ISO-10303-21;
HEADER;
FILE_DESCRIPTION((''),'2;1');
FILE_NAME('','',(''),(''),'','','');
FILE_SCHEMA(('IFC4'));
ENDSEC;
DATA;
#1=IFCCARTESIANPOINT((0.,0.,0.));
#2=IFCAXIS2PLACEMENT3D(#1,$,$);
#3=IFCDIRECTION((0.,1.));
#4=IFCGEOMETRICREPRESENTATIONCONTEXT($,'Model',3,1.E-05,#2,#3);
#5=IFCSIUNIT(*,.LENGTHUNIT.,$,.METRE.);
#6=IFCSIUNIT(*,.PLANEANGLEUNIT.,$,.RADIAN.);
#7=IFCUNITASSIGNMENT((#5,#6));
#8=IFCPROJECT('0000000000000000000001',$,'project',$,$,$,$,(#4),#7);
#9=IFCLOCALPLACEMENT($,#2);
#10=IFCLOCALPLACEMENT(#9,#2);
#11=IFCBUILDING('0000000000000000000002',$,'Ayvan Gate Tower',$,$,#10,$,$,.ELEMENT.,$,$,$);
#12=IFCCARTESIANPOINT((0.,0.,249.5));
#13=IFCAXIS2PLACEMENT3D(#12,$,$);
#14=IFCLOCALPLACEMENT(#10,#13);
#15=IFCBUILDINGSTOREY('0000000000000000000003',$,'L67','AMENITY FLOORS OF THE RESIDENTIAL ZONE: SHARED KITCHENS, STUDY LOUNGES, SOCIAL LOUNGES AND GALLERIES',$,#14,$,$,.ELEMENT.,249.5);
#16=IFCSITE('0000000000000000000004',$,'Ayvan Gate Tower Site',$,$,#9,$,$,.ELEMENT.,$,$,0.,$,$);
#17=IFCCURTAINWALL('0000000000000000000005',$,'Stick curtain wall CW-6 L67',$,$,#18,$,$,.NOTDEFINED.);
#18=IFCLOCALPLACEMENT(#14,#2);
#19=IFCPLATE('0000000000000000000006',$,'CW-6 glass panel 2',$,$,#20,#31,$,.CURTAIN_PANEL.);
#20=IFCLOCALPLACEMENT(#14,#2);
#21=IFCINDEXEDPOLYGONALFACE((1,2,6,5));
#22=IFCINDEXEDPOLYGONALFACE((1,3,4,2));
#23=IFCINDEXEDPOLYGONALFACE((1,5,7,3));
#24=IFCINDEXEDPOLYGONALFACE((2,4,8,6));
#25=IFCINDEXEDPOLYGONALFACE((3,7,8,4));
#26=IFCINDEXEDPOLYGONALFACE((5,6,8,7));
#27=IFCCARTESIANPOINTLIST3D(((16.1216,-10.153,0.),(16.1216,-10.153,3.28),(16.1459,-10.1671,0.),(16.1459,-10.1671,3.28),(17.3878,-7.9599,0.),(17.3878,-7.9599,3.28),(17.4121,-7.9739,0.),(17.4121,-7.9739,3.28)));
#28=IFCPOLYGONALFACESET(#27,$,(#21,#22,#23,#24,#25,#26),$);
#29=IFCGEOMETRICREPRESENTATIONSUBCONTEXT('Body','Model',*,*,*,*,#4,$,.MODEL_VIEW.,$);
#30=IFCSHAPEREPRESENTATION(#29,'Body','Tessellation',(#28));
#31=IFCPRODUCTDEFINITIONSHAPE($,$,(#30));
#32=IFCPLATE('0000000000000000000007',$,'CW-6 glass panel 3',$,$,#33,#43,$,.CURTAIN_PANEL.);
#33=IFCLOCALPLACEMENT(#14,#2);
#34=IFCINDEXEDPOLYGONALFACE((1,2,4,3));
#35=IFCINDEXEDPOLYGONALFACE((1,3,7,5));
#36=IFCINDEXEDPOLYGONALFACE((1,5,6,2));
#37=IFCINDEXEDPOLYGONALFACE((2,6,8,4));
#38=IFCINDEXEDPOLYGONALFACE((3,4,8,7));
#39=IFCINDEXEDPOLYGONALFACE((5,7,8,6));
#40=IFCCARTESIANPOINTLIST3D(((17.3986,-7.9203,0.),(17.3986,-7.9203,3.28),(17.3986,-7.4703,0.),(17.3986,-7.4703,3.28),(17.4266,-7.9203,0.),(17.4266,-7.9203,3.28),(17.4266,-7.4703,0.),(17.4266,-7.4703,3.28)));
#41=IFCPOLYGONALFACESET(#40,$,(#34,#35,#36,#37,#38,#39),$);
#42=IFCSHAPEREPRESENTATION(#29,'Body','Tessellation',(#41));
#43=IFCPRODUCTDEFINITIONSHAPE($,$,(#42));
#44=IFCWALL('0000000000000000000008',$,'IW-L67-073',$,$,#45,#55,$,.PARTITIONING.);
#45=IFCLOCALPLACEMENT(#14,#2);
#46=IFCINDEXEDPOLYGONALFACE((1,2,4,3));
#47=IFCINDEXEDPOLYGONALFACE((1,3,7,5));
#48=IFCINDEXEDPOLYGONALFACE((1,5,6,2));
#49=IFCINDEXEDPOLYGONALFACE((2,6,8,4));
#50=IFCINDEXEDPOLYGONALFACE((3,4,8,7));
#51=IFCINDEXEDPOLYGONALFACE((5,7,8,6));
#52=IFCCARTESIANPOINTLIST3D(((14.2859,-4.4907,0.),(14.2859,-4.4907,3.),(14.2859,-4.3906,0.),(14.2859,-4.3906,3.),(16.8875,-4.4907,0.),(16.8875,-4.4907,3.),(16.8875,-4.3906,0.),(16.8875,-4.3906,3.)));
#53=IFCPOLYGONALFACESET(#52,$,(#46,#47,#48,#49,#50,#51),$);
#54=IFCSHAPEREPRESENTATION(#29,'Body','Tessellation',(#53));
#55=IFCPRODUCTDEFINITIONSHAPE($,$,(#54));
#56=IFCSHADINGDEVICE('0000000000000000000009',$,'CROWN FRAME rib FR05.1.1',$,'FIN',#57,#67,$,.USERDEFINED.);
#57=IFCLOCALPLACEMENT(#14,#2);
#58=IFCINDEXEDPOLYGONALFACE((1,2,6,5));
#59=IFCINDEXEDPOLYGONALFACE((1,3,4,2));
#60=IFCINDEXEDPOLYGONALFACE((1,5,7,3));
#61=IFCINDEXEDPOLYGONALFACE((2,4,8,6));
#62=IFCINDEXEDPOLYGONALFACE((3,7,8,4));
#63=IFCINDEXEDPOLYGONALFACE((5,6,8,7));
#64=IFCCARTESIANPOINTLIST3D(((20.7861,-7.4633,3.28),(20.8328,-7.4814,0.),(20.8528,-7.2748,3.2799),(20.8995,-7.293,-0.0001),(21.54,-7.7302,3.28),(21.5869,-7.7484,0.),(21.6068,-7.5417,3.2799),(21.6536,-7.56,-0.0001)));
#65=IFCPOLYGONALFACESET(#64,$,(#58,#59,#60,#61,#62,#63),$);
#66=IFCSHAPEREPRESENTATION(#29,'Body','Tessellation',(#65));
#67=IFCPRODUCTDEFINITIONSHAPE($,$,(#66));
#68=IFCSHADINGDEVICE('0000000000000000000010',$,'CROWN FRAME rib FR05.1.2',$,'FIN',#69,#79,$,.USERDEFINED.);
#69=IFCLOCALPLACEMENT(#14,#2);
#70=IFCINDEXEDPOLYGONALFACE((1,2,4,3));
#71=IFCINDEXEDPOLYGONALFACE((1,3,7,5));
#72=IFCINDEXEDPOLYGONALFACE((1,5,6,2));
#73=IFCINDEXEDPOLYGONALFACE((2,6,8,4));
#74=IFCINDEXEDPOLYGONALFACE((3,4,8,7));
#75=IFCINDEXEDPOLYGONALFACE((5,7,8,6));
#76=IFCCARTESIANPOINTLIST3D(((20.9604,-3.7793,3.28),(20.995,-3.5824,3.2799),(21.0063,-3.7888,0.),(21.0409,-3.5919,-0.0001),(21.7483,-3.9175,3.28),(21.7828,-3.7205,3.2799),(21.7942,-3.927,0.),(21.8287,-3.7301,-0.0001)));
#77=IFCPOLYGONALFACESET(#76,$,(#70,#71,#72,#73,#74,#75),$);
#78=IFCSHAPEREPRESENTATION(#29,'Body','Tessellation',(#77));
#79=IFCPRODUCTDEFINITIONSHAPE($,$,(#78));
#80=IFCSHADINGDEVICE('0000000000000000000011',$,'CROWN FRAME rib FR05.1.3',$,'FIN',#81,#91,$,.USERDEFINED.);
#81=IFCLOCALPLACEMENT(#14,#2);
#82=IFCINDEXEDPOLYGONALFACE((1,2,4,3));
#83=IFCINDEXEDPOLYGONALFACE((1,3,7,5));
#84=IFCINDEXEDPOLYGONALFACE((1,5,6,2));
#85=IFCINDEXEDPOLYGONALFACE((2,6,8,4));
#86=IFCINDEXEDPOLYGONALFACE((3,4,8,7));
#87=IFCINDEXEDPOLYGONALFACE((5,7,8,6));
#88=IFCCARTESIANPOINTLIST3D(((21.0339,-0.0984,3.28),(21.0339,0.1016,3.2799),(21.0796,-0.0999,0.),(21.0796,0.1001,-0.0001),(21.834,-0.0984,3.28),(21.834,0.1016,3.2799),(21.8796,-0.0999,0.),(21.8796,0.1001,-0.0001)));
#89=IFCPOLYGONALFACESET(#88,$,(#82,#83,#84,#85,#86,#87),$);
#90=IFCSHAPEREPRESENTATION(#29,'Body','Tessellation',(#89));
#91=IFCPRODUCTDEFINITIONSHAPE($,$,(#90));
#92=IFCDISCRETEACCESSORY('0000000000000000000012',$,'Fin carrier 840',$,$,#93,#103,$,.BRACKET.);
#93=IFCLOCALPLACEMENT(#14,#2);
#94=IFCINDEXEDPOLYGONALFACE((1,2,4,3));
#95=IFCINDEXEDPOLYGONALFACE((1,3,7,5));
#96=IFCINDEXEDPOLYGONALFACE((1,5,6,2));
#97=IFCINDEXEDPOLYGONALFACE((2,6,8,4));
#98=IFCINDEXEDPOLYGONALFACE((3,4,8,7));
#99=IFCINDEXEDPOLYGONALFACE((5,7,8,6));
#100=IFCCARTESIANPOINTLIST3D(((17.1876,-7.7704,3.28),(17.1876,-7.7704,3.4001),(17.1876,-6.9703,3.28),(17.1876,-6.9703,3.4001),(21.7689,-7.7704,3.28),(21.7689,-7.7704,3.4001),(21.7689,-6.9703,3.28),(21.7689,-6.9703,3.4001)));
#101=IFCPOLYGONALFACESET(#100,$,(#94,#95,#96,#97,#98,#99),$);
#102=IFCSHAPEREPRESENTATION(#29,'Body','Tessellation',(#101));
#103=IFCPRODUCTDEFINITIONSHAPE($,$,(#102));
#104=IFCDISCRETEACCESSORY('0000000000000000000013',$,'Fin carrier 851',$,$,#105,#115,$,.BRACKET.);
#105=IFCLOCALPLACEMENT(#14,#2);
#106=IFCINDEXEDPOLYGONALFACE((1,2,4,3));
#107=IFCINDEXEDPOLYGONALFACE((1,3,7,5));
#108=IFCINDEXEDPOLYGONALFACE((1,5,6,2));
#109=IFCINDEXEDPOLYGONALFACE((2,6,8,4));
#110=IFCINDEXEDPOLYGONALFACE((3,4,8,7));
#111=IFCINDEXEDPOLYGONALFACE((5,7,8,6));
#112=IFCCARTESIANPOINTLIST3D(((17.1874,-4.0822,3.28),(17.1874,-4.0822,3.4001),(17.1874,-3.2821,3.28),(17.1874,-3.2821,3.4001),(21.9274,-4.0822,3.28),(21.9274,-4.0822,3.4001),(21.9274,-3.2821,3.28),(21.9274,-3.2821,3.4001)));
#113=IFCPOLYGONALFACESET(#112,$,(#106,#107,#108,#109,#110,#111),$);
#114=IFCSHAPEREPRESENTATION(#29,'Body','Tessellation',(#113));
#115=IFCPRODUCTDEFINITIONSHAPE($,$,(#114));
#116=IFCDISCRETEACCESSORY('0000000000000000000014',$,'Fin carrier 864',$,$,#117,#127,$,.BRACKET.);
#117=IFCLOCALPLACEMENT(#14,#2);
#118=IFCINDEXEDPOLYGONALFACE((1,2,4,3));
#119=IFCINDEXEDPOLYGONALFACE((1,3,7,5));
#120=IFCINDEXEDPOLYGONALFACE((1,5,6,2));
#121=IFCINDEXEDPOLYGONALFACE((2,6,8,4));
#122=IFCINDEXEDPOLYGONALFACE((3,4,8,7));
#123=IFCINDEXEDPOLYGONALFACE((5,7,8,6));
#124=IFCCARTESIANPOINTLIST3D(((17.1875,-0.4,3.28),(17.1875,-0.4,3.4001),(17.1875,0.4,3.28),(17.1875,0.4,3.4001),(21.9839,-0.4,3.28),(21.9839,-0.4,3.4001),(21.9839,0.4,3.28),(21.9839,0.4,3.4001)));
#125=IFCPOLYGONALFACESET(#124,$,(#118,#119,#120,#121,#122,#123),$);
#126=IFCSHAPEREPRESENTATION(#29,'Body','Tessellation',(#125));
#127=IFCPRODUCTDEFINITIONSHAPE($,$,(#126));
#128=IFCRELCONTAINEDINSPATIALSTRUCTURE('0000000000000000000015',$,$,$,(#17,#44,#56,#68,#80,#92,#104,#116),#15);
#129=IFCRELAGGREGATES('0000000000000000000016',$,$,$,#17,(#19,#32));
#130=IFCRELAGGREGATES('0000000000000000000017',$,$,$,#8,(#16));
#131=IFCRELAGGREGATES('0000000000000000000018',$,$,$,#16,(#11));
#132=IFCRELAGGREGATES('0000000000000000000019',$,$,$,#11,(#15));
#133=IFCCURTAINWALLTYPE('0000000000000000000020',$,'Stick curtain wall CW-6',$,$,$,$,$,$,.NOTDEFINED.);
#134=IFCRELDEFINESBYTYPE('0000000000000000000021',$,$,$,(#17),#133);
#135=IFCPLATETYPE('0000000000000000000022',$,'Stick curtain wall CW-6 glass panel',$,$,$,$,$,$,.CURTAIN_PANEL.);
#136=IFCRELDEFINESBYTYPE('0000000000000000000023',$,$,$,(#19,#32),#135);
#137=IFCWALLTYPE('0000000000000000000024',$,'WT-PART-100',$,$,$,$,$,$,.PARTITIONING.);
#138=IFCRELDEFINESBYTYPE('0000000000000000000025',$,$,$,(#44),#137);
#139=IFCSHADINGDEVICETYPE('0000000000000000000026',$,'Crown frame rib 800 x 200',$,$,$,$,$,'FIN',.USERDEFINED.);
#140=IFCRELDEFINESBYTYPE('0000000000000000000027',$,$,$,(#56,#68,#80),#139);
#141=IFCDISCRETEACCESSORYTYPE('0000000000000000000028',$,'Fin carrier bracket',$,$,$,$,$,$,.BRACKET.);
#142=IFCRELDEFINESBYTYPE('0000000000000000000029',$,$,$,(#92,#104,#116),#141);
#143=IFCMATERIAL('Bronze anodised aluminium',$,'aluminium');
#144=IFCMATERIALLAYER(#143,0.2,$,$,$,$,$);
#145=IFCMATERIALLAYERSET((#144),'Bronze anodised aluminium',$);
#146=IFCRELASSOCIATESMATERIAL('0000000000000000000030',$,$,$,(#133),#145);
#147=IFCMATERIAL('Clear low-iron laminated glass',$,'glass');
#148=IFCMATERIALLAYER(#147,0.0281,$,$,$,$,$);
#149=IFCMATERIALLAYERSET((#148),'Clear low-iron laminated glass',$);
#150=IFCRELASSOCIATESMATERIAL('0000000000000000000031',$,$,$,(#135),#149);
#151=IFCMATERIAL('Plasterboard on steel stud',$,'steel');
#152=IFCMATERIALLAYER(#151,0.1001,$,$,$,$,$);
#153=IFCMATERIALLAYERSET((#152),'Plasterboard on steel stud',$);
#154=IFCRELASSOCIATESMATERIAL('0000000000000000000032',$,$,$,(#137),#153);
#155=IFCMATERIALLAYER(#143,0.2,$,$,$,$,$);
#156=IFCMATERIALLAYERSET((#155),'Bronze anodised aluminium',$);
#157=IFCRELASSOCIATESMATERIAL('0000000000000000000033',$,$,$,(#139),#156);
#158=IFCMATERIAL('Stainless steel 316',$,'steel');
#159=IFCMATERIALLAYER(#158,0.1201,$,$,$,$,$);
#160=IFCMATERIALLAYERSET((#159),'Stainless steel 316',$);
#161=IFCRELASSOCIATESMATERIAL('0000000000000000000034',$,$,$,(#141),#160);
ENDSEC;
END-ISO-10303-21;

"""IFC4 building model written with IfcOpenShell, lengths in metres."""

from ifc_helpers import new_model, si_unit, direction, frame, frame_2d, origin, origin_2d, place, context, subcontext, project, spatial, polyline, rectangle, outline, extrude, material, layer, layer_set, type_object, element, aggregate, save


model = new_model("IFC4")

# Units and contexts
model_context = context("Model", 3, precision=1e-05, world=origin(), true_north=direction((0.0, 1.0)))
body_context = subcontext(model_context, "Body", "Model", "MODEL_VIEW")
ifc_project = project(units=[si_unit("LENGTHUNIT", "METRE"), si_unit("PLANEANGLEUNIT", "RADIAN")], contexts=[model_context])

# Site, building, storey
site_placement = place(None, origin())
site = spatial("IfcSite", under=ifc_project, at=site_placement, Name="Ayvan Gate Tower Site", CompositionType="ELEMENT", RefElevation=0.0)
building_placement = place(site_placement, origin())
building = spatial("IfcBuilding", under=site, at=building_placement, Name="Ayvan Gate Tower", CompositionType="ELEMENT")
storey_placement = place(building_placement, frame((0.0, 0.0, 249.5)))
storey = spatial("IfcBuildingStorey", under=building, at=storey_placement, Name="L67", Description="AMENITY FLOORS OF THE RESIDENTIAL ZONE: SHARED KITCHENS, STUDY LOUNGES, SOCIAL LOUNGES AND GALLERIES", CompositionType="ELEMENT", Elevation=249.5)

# Curtain wall
ifc_material_1 = material(Name="Bronze anodised aluminium", Category="aluminium")
ifc_layer_1 = layer(ifc_material_1, 0.2)
ifc_layer_set_1 = layer_set([ifc_layer_1], Name="Bronze anodised aluminium")
curtain_wall_type_1 = type_object("IfcCurtainWallType", Name="Stick curtain wall CW-6", PredefinedType="NOTDEFINED", material=ifc_layer_set_1)
curtain_wall_1_placement = place(storey_placement, origin())
curtain_wall_1 = element("IfcCurtainWall", 1, at=curtain_wall_1_placement, inside=storey, type_object=curtain_wall_type_1, Name="Stick curtain wall CW-6 L67", PredefinedType="NOTDEFINED")

# Plates
ifc_material_2 = material(Name="Clear low-iron laminated glass", Category="glass")
ifc_layer_2 = layer(ifc_material_2, 0.0281)
ifc_layer_set_2 = layer_set([ifc_layer_2], Name="Clear low-iron laminated glass")
plate_type_1 = type_object("IfcPlateType", Name="Stick curtain wall CW-6 glass panel", PredefinedType="CURTAIN_PANEL", material=ifc_layer_set_2)
plate_1_placement = place(storey_placement, frame((16.7668, -9.0635, 0.0), z_axis=(0.0, 0.0, 1.0), x_axis=(0.5, 0.866025, 0.0)))
plate_1 = element("IfcPlate", 2, at=plate_1_placement, type_object=plate_type_1, Name="CW-6 glass panel 2", PredefinedType="CURTAIN_PANEL", context=body_context, shape_type="SweptSolid", body=[
    extrude(rectangle(XDim=2.5325, YDim=0.0281, at=origin_2d()), origin(), (0.0, 0.0, 1.0), 3.28),
])
plate_2_placement = place(storey_placement, frame((17.4126, -7.6953, 0.0), z_axis=(0.0, 0.0, 1.0), x_axis=(0.0, 1.0, 0.0)))
plate_2 = element("IfcPlate", 3, at=plate_2_placement, type_object=plate_type_1, Name="CW-6 glass panel 3", PredefinedType="CURTAIN_PANEL", context=body_context, shape_type="SweptSolid", body=[
    extrude(rectangle(XDim=0.45, YDim=0.0281, at=origin_2d()), origin(), (0.0, 0.0, 1.0), 3.28),
])
aggregate(curtain_wall_1, [plate_1, plate_2])

# Wall
ifc_material_3 = material(Name="Plasterboard on steel stud", Category="steel")
ifc_layer_3 = layer(ifc_material_3, 0.1001)
ifc_layer_set_3 = layer_set([ifc_layer_3], Name="Plasterboard on steel stud")
wall_type = type_object("IfcWallType", Name="WT-PART-100", PredefinedType="PARTITIONING", material=ifc_layer_set_3)
wall_placement = place(storey_placement, frame((16.8875, -4.4407, 0.0), z_axis=(0.0, 0.0, 1.0), x_axis=(-1.0, 0.0, 0.0)))
element("IfcWall", 4, at=wall_placement, inside=storey, type_object=wall_type, Name="IW-L67-073", PredefinedType="PARTITIONING", context=body_context, shape_type="SweptSolid", body=[
    extrude(rectangle(XDim=2.6016, YDim=0.1001, at=frame_2d((1.3008, 0.0))), origin(), (0.0, 0.0, 1.0), 3.0),
])

# Shading devices
ifc_layer_4 = layer(ifc_material_1, 0.2)
ifc_layer_set_4 = layer_set([ifc_layer_4], Name="Bronze anodised aluminium")
shading_device_type = type_object("IfcShadingDeviceType", Name="Crown frame rib 800 x 200", ElementType="FIN", PredefinedType="USERDEFINED", material=ifc_layer_set_4)
shading_device_1_placement = place(storey_placement, frame((20.8328, -7.4814, 0.0), z_axis=(-0.333754, -0.94266, 0.00047), x_axis=(0.94266, -0.333754, 0.0)))
element("IfcShadingDevice", 5, at=shading_device_1_placement, inside=storey, type_object=shading_device_type, Name="CROWN FRAME rib FR05.1.1", ObjectType="FIN", PredefinedType="USERDEFINED", context=body_context, shape_type="SweptSolid", body=[
    extrude(outline(polyline([(0.0, 0.0), (0.8, 0.0), (0.7498, 3.28), (-0.0501, 3.28), (0.0, 0.0)])), origin(), (0.0, 0.0, -1.0), 0.2),
])
shading_device_2_placement = place(storey_placement, frame((21.0063, -3.7888, 0.0), z_axis=(-0.172758, -0.984964, 0.000442), x_axis=(0.984964, -0.172758, 0.0)))
element("IfcShadingDevice", 6, at=shading_device_2_placement, inside=storey, type_object=shading_device_type, Name="CROWN FRAME rib FR05.1.2", ObjectType="FIN", PredefinedType="USERDEFINED", context=body_context, shape_type="SweptSolid", body=[
    extrude(outline(polyline([(0.0, 0.0), (0.7999, 0.0), (0.753, 3.28), (-0.0469, 3.28), (0.0, 0.0)])), origin(), (0.0, 0.0, -1.0), 0.2),
])
shading_device_3_placement = place(storey_placement, frame((21.0796, -0.0999, 0.0), z_axis=(0.0, -1.0, 0.000447), x_axis=(1.0, 0.0, 0.0)))
element("IfcShadingDevice", 7, at=shading_device_3_placement, inside=storey, type_object=shading_device_type, Name="CROWN FRAME rib FR05.1.3", ObjectType="FIN", PredefinedType="USERDEFINED", context=body_context, shape_type="SweptSolid", body=[
    extrude(outline(polyline([(0.0, 0.0), (0.8, 0.0), (0.7544, 3.28), (-0.0457, 3.28), (0.0, 0.0)])), origin(), (0.0, 0.0, -1.0), 0.2),
])

# Discrete accessories
ifc_material_4 = material(Name="Stainless steel 316", Category="steel")
ifc_layer_5 = layer(ifc_material_4, 0.1201)
ifc_layer_set_5 = layer_set([ifc_layer_5], Name="Stainless steel 316")
discrete_accessory_type = type_object("IfcDiscreteAccessoryType", Name="Fin carrier bracket", PredefinedType="BRACKET", material=ifc_layer_set_5)
discrete_accessory_1_placement = place(storey_placement, frame((19.4783, -7.3704, 3.28), z_axis=(0.0, 0.0, 1.0), x_axis=(0.0, 1.0, 0.0)))
element("IfcDiscreteAccessory", 8, at=discrete_accessory_1_placement, inside=storey, type_object=discrete_accessory_type, Name="Fin carrier 840", PredefinedType="BRACKET", context=body_context, shape_type="SweptSolid", body=[
    extrude(rectangle(XDim=0.8, YDim=4.5813, at=origin_2d()), origin(), (0.0, 0.0, 1.0), 0.1201),
])
discrete_accessory_2_placement = place(storey_placement, frame((19.5574, -3.6821, 3.28), z_axis=(0.0, 0.0, 1.0), x_axis=(0.0, 1.0, 0.0)))
element("IfcDiscreteAccessory", 9, at=discrete_accessory_2_placement, inside=storey, type_object=discrete_accessory_type, Name="Fin carrier 851", PredefinedType="BRACKET", context=body_context, shape_type="SweptSolid", body=[
    extrude(rectangle(XDim=0.8, YDim=4.74, at=origin_2d()), origin(), (0.0, 0.0, 1.0), 0.1201),
])
discrete_accessory_3_placement = place(storey_placement, frame((19.5857, 0.0, 3.28), z_axis=(0.0, 0.0, 1.0), x_axis=(0.0, 1.0, 0.0)))
element("IfcDiscreteAccessory", 10, at=discrete_accessory_3_placement, inside=storey, type_object=discrete_accessory_type, Name="Fin carrier 864", PredefinedType="BRACKET", context=body_context, shape_type="SweptSolid", body=[
    extrude(rectangle(XDim=0.8, YDim=4.7964, at=origin_2d()), origin(), (0.0, 0.0, 1.0), 0.1201),
])

save(model, "model.ifc")
